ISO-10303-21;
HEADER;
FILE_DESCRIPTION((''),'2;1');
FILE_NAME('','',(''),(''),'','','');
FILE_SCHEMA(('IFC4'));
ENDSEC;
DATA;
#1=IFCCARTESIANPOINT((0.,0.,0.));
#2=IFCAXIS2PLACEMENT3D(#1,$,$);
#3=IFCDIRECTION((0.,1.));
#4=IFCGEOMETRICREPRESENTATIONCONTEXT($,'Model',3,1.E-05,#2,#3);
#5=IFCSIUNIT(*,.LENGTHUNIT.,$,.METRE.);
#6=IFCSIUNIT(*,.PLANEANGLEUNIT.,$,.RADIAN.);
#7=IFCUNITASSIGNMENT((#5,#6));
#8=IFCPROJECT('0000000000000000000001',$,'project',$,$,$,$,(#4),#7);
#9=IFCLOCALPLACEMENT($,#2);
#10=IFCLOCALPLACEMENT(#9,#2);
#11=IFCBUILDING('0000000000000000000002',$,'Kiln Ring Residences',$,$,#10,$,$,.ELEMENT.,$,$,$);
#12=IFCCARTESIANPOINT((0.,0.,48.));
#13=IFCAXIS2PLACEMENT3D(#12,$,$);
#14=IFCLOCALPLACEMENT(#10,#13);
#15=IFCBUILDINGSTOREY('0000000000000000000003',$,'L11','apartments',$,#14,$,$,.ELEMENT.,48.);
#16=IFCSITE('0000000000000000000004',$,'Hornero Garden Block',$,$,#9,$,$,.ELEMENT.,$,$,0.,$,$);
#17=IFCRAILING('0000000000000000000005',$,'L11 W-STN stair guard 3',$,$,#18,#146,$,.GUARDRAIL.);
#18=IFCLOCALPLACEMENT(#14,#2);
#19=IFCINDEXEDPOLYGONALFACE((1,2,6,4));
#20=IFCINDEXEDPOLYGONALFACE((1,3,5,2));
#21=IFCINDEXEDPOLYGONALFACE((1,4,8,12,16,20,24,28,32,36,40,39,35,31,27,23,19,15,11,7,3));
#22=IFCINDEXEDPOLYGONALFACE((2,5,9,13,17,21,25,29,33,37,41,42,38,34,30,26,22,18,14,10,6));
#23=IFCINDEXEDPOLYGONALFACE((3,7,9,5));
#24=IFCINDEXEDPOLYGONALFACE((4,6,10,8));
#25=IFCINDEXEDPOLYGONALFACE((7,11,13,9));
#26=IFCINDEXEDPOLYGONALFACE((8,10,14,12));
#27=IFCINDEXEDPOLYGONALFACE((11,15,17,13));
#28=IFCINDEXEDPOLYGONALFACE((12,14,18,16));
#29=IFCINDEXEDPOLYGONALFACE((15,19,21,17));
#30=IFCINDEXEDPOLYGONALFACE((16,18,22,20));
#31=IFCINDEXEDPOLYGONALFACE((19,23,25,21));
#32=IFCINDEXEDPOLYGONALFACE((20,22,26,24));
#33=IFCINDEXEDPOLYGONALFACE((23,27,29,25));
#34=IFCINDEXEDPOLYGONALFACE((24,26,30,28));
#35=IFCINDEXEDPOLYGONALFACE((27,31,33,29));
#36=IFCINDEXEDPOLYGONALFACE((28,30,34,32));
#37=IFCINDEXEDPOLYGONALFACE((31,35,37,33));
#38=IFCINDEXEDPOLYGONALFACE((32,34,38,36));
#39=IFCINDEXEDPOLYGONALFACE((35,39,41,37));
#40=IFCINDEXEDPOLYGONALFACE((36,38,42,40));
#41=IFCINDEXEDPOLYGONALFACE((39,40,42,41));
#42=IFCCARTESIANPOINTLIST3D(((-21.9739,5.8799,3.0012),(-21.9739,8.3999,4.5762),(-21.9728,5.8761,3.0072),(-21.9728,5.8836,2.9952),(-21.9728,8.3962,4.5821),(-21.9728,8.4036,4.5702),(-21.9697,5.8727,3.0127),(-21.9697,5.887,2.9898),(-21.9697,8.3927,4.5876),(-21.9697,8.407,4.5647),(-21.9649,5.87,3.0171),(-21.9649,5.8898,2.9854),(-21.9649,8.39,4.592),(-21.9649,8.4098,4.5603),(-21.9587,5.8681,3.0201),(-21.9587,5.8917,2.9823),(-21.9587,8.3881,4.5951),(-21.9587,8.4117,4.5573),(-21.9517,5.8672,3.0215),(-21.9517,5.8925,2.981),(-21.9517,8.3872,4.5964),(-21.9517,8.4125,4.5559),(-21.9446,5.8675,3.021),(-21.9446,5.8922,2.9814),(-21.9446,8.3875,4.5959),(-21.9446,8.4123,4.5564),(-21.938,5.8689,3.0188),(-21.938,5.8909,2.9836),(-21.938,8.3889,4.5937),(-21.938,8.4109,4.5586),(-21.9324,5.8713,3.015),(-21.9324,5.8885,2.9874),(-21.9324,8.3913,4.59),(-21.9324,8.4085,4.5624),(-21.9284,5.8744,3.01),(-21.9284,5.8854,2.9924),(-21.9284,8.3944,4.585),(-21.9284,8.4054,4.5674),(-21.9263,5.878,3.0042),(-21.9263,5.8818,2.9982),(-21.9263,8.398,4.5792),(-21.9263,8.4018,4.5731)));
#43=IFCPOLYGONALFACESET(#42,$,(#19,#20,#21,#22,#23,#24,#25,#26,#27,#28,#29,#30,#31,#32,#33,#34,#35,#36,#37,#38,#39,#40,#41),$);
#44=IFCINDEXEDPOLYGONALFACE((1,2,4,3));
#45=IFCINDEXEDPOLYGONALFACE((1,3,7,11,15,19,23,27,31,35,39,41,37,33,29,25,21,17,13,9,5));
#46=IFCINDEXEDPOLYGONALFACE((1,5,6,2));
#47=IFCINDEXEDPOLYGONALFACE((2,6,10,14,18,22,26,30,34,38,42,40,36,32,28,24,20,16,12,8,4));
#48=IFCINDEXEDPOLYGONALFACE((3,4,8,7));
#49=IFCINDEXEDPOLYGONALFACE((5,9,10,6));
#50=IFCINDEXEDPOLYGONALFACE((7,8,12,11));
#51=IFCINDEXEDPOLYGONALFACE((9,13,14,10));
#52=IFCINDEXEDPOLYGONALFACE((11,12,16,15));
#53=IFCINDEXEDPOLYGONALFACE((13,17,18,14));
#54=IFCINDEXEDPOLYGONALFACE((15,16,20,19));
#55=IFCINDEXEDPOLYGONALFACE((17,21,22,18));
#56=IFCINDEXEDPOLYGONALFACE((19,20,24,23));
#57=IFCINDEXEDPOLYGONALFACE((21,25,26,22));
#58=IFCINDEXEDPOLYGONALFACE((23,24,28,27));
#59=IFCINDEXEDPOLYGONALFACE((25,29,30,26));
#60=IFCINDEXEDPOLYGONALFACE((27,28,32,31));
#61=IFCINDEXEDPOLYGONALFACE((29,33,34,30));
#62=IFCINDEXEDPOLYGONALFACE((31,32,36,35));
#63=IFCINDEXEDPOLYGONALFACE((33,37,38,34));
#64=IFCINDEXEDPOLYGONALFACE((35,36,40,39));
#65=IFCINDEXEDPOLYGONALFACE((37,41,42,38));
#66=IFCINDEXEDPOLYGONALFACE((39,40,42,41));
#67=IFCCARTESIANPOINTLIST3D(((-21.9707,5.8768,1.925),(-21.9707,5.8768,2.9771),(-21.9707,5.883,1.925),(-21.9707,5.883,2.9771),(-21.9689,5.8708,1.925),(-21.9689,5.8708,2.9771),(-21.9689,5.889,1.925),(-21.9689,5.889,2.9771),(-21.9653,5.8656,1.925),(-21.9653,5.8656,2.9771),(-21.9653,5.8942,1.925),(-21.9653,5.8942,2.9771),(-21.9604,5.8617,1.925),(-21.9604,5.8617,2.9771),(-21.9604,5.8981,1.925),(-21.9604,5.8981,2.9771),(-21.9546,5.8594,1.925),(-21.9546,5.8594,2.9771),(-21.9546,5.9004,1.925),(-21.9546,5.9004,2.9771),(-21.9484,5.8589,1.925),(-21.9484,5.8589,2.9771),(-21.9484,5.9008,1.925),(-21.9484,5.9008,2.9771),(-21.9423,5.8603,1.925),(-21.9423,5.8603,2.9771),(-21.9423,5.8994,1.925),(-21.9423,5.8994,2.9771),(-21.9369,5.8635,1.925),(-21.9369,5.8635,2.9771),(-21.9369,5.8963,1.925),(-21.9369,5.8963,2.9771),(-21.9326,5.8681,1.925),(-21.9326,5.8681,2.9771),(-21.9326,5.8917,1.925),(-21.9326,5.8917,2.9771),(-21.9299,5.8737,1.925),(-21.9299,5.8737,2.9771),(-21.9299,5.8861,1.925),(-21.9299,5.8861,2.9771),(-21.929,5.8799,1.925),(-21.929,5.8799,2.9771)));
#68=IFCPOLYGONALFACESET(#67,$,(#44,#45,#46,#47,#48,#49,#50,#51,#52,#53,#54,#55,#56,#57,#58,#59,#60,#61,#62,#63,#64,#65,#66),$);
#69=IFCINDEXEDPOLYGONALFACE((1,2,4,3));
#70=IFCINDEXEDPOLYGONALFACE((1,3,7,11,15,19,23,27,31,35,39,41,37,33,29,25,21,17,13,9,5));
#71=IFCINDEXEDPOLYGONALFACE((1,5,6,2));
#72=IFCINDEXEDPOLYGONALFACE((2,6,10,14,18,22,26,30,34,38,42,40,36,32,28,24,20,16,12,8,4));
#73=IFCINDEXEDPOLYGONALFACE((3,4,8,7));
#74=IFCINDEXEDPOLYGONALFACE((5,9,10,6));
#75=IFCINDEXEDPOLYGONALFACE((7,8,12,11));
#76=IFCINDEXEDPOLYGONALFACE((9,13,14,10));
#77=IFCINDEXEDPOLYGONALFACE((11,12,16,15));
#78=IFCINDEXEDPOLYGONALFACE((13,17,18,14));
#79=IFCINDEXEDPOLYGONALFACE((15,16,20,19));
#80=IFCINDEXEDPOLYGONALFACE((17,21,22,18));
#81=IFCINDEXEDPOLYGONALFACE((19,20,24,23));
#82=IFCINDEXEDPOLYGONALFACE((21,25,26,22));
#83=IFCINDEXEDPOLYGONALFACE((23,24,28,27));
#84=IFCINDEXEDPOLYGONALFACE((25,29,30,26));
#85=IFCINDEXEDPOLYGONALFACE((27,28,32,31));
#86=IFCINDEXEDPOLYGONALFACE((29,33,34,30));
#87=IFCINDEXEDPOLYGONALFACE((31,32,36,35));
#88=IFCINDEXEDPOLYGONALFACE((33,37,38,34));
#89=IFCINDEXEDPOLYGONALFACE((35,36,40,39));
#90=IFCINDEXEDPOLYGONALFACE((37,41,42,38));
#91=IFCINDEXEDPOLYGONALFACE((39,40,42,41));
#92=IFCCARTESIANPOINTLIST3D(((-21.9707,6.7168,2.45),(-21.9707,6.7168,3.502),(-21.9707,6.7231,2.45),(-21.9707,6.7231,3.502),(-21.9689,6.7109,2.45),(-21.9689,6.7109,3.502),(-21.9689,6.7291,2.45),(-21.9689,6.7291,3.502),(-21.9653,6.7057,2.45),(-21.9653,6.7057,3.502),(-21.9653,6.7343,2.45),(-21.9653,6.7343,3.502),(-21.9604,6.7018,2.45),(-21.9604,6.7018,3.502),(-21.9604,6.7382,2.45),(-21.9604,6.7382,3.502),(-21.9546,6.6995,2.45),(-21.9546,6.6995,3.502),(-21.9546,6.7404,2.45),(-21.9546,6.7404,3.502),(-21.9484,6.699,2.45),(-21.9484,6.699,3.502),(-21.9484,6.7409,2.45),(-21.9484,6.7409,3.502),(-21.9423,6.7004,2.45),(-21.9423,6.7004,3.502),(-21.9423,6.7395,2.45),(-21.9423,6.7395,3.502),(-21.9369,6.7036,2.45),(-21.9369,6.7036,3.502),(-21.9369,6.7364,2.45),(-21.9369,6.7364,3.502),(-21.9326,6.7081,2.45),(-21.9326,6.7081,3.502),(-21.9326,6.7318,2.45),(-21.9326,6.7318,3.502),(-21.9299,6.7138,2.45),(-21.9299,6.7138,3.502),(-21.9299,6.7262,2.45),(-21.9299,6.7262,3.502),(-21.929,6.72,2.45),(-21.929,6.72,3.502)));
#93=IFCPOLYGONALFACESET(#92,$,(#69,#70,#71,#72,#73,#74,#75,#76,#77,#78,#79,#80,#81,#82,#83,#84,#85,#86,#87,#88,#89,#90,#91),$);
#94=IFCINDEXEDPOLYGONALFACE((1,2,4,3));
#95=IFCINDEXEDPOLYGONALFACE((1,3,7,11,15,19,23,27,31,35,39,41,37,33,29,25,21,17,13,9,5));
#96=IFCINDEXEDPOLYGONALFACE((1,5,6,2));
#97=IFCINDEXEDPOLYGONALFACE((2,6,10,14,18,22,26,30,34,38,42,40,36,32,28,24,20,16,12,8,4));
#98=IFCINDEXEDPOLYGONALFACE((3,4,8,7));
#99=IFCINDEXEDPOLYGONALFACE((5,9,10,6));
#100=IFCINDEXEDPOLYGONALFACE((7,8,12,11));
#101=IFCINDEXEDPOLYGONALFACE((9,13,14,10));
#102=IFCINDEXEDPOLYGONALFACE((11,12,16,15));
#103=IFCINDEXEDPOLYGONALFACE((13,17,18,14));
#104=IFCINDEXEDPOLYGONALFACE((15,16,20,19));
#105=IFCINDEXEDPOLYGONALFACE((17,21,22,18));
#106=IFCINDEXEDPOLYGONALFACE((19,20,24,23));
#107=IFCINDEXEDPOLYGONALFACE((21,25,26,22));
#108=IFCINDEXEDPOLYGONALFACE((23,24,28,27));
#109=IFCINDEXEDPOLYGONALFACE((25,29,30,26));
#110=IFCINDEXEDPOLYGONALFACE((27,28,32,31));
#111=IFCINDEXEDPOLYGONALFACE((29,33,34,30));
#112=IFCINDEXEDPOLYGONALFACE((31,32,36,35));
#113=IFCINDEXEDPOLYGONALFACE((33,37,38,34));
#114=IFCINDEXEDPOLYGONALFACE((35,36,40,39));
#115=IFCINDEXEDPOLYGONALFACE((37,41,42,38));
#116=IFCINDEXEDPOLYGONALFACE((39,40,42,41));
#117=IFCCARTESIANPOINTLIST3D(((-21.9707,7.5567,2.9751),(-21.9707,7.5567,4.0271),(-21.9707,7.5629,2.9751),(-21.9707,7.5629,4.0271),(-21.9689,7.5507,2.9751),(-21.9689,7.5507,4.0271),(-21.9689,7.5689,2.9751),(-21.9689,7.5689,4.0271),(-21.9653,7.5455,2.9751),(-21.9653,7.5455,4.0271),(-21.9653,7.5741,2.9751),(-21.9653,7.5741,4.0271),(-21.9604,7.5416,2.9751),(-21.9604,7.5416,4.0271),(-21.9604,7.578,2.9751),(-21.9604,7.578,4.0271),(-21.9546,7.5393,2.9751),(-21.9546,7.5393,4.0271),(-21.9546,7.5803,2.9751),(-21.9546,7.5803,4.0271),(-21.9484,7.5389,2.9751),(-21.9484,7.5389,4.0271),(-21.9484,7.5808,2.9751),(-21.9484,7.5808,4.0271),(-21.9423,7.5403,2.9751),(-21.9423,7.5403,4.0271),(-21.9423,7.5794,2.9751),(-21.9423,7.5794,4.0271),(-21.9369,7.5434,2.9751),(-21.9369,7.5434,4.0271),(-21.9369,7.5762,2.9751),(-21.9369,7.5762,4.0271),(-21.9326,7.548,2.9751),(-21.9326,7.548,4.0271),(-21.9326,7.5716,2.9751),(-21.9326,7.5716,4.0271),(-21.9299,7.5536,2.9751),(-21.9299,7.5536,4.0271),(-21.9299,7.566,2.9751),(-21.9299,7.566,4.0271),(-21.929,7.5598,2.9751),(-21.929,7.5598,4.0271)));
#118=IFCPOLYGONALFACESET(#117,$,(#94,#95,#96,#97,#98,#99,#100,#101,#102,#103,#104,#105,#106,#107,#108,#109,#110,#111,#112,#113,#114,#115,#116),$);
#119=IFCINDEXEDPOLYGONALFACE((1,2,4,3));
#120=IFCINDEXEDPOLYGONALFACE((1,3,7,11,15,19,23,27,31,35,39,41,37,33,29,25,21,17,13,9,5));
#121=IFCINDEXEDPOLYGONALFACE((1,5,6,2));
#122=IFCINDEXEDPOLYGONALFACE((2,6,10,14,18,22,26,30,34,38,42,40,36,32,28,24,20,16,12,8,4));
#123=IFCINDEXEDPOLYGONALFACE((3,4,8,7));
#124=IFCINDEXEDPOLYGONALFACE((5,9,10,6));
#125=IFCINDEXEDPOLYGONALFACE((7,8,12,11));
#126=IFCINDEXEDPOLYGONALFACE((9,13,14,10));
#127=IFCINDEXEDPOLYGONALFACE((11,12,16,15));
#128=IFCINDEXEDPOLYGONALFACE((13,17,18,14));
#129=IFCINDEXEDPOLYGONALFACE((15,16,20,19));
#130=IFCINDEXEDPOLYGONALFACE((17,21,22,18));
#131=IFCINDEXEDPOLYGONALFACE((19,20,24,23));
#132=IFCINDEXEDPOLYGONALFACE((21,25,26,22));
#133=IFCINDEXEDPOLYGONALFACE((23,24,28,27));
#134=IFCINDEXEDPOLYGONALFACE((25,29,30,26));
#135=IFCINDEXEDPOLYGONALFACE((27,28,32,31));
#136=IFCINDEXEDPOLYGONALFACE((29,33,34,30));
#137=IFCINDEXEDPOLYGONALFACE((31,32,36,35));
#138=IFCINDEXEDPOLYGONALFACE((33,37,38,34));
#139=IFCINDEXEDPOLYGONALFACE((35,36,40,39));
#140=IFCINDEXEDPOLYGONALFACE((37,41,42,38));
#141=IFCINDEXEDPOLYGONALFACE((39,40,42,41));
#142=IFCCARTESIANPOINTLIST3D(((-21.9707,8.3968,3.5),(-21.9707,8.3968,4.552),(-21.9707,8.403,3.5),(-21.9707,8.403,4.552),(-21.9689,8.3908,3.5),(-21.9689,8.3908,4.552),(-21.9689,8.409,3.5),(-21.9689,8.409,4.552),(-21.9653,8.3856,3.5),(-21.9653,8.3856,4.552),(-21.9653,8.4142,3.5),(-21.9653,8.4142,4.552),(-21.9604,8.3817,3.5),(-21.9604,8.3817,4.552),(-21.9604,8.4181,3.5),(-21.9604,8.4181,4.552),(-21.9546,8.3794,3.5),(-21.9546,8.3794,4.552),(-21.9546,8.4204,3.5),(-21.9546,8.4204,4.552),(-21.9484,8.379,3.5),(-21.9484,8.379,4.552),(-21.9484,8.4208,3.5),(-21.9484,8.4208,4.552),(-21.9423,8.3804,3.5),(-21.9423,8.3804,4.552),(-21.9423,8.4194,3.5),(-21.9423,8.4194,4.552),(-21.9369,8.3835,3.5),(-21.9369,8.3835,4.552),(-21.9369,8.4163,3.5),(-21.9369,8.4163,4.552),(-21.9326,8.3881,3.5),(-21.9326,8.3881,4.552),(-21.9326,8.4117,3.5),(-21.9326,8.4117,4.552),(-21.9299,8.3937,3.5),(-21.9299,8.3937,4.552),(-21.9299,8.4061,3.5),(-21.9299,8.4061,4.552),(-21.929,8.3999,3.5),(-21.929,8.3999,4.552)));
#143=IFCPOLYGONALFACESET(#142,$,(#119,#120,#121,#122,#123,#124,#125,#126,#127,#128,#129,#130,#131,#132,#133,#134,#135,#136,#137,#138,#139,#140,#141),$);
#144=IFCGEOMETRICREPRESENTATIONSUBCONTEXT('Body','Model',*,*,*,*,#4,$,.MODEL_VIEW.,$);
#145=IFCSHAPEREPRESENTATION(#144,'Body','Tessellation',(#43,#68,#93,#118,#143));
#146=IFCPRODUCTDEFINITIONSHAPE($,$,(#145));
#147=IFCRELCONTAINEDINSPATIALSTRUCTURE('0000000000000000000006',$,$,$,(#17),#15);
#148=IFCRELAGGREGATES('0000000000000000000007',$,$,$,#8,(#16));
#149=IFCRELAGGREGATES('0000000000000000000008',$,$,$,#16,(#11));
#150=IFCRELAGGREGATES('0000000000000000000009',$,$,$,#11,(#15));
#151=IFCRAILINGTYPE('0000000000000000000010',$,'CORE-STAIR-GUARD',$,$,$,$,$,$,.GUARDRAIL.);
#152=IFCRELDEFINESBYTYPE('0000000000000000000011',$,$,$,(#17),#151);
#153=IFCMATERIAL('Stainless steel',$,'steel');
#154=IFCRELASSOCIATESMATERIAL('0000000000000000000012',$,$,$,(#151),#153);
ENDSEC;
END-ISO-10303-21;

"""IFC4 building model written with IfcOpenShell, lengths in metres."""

from ifc_helpers import new_model, si_unit, direction, frame, origin, origin_2d, place, context, subcontext, project, spatial, circle, extrude, material, type_object, element, save


model = new_model("IFC4")

# Units and contexts
model_context = context("Model", 3, precision=1e-05, world=origin(), true_north=direction((0.0, 1.0)))
body_context = subcontext(model_context, "Body", "Model", "MODEL_VIEW")
ifc_project = project(units=[si_unit("LENGTHUNIT", "METRE"), si_unit("PLANEANGLEUNIT", "RADIAN")], contexts=[model_context])

# Site, building, storey
site_placement = place(None, origin())
site = spatial("IfcSite", under=ifc_project, at=site_placement, Name="Hornero Garden Block", CompositionType="ELEMENT", RefElevation=0.0)
building_placement = place(site_placement, origin())
building = spatial("IfcBuilding", under=site, at=building_placement, Name="Kiln Ring Residences", CompositionType="ELEMENT")
storey_placement = place(building_placement, frame((0.0, 0.0, 48.0)))
storey = spatial("IfcBuildingStorey", under=building, at=storey_placement, Name="L11", Description="apartments", CompositionType="ELEMENT", Elevation=48.0)

# Railing
ifc_material_1 = material(Name="Stainless steel", Category="steel")
railing_type_1 = type_object("IfcRailingType", Name="CORE-STAIR-GUARD", PredefinedType="GUARDRAIL", material=ifc_material_1)
railing_1_placement = place(storey_placement, frame((-21.95, 5.8799, 1.925)))
element("IfcRailing", 1, at=railing_1_placement, inside=storey, type_object=railing_type_1, Name="L11 W-STN stair guard 3", PredefinedType="GUARDRAIL", context=body_context, shape_type="SweptSolid", body=[
    extrude(circle(Radius=0.0239, at=origin_2d()), frame((0.0, 0.0, 1.0762), z_axis=(0.0, 0.848008, 0.529984), x_axis=(-1.0, 0.0, 0.0)), (0.0, 0.0, 1.0), 2.9717),
    extrude(circle(Radius=0.021, at=origin_2d()), origin(), (0.0, 0.0, 1.0), 1.052),
    extrude(circle(Radius=0.021, at=origin_2d()), frame((0.0, 0.8401, 0.5249)), (0.0, 0.0, 1.0), 1.052),
    extrude(circle(Radius=0.021, at=origin_2d()), frame((0.0, 1.6799, 1.05)), (0.0, 0.0, 1.0), 1.052),
    extrude(circle(Radius=0.021, at=origin_2d()), frame((0.0, 2.52, 1.575)), (0.0, 0.0, 1.0), 1.052),
])

save(model, "model.ifc")
